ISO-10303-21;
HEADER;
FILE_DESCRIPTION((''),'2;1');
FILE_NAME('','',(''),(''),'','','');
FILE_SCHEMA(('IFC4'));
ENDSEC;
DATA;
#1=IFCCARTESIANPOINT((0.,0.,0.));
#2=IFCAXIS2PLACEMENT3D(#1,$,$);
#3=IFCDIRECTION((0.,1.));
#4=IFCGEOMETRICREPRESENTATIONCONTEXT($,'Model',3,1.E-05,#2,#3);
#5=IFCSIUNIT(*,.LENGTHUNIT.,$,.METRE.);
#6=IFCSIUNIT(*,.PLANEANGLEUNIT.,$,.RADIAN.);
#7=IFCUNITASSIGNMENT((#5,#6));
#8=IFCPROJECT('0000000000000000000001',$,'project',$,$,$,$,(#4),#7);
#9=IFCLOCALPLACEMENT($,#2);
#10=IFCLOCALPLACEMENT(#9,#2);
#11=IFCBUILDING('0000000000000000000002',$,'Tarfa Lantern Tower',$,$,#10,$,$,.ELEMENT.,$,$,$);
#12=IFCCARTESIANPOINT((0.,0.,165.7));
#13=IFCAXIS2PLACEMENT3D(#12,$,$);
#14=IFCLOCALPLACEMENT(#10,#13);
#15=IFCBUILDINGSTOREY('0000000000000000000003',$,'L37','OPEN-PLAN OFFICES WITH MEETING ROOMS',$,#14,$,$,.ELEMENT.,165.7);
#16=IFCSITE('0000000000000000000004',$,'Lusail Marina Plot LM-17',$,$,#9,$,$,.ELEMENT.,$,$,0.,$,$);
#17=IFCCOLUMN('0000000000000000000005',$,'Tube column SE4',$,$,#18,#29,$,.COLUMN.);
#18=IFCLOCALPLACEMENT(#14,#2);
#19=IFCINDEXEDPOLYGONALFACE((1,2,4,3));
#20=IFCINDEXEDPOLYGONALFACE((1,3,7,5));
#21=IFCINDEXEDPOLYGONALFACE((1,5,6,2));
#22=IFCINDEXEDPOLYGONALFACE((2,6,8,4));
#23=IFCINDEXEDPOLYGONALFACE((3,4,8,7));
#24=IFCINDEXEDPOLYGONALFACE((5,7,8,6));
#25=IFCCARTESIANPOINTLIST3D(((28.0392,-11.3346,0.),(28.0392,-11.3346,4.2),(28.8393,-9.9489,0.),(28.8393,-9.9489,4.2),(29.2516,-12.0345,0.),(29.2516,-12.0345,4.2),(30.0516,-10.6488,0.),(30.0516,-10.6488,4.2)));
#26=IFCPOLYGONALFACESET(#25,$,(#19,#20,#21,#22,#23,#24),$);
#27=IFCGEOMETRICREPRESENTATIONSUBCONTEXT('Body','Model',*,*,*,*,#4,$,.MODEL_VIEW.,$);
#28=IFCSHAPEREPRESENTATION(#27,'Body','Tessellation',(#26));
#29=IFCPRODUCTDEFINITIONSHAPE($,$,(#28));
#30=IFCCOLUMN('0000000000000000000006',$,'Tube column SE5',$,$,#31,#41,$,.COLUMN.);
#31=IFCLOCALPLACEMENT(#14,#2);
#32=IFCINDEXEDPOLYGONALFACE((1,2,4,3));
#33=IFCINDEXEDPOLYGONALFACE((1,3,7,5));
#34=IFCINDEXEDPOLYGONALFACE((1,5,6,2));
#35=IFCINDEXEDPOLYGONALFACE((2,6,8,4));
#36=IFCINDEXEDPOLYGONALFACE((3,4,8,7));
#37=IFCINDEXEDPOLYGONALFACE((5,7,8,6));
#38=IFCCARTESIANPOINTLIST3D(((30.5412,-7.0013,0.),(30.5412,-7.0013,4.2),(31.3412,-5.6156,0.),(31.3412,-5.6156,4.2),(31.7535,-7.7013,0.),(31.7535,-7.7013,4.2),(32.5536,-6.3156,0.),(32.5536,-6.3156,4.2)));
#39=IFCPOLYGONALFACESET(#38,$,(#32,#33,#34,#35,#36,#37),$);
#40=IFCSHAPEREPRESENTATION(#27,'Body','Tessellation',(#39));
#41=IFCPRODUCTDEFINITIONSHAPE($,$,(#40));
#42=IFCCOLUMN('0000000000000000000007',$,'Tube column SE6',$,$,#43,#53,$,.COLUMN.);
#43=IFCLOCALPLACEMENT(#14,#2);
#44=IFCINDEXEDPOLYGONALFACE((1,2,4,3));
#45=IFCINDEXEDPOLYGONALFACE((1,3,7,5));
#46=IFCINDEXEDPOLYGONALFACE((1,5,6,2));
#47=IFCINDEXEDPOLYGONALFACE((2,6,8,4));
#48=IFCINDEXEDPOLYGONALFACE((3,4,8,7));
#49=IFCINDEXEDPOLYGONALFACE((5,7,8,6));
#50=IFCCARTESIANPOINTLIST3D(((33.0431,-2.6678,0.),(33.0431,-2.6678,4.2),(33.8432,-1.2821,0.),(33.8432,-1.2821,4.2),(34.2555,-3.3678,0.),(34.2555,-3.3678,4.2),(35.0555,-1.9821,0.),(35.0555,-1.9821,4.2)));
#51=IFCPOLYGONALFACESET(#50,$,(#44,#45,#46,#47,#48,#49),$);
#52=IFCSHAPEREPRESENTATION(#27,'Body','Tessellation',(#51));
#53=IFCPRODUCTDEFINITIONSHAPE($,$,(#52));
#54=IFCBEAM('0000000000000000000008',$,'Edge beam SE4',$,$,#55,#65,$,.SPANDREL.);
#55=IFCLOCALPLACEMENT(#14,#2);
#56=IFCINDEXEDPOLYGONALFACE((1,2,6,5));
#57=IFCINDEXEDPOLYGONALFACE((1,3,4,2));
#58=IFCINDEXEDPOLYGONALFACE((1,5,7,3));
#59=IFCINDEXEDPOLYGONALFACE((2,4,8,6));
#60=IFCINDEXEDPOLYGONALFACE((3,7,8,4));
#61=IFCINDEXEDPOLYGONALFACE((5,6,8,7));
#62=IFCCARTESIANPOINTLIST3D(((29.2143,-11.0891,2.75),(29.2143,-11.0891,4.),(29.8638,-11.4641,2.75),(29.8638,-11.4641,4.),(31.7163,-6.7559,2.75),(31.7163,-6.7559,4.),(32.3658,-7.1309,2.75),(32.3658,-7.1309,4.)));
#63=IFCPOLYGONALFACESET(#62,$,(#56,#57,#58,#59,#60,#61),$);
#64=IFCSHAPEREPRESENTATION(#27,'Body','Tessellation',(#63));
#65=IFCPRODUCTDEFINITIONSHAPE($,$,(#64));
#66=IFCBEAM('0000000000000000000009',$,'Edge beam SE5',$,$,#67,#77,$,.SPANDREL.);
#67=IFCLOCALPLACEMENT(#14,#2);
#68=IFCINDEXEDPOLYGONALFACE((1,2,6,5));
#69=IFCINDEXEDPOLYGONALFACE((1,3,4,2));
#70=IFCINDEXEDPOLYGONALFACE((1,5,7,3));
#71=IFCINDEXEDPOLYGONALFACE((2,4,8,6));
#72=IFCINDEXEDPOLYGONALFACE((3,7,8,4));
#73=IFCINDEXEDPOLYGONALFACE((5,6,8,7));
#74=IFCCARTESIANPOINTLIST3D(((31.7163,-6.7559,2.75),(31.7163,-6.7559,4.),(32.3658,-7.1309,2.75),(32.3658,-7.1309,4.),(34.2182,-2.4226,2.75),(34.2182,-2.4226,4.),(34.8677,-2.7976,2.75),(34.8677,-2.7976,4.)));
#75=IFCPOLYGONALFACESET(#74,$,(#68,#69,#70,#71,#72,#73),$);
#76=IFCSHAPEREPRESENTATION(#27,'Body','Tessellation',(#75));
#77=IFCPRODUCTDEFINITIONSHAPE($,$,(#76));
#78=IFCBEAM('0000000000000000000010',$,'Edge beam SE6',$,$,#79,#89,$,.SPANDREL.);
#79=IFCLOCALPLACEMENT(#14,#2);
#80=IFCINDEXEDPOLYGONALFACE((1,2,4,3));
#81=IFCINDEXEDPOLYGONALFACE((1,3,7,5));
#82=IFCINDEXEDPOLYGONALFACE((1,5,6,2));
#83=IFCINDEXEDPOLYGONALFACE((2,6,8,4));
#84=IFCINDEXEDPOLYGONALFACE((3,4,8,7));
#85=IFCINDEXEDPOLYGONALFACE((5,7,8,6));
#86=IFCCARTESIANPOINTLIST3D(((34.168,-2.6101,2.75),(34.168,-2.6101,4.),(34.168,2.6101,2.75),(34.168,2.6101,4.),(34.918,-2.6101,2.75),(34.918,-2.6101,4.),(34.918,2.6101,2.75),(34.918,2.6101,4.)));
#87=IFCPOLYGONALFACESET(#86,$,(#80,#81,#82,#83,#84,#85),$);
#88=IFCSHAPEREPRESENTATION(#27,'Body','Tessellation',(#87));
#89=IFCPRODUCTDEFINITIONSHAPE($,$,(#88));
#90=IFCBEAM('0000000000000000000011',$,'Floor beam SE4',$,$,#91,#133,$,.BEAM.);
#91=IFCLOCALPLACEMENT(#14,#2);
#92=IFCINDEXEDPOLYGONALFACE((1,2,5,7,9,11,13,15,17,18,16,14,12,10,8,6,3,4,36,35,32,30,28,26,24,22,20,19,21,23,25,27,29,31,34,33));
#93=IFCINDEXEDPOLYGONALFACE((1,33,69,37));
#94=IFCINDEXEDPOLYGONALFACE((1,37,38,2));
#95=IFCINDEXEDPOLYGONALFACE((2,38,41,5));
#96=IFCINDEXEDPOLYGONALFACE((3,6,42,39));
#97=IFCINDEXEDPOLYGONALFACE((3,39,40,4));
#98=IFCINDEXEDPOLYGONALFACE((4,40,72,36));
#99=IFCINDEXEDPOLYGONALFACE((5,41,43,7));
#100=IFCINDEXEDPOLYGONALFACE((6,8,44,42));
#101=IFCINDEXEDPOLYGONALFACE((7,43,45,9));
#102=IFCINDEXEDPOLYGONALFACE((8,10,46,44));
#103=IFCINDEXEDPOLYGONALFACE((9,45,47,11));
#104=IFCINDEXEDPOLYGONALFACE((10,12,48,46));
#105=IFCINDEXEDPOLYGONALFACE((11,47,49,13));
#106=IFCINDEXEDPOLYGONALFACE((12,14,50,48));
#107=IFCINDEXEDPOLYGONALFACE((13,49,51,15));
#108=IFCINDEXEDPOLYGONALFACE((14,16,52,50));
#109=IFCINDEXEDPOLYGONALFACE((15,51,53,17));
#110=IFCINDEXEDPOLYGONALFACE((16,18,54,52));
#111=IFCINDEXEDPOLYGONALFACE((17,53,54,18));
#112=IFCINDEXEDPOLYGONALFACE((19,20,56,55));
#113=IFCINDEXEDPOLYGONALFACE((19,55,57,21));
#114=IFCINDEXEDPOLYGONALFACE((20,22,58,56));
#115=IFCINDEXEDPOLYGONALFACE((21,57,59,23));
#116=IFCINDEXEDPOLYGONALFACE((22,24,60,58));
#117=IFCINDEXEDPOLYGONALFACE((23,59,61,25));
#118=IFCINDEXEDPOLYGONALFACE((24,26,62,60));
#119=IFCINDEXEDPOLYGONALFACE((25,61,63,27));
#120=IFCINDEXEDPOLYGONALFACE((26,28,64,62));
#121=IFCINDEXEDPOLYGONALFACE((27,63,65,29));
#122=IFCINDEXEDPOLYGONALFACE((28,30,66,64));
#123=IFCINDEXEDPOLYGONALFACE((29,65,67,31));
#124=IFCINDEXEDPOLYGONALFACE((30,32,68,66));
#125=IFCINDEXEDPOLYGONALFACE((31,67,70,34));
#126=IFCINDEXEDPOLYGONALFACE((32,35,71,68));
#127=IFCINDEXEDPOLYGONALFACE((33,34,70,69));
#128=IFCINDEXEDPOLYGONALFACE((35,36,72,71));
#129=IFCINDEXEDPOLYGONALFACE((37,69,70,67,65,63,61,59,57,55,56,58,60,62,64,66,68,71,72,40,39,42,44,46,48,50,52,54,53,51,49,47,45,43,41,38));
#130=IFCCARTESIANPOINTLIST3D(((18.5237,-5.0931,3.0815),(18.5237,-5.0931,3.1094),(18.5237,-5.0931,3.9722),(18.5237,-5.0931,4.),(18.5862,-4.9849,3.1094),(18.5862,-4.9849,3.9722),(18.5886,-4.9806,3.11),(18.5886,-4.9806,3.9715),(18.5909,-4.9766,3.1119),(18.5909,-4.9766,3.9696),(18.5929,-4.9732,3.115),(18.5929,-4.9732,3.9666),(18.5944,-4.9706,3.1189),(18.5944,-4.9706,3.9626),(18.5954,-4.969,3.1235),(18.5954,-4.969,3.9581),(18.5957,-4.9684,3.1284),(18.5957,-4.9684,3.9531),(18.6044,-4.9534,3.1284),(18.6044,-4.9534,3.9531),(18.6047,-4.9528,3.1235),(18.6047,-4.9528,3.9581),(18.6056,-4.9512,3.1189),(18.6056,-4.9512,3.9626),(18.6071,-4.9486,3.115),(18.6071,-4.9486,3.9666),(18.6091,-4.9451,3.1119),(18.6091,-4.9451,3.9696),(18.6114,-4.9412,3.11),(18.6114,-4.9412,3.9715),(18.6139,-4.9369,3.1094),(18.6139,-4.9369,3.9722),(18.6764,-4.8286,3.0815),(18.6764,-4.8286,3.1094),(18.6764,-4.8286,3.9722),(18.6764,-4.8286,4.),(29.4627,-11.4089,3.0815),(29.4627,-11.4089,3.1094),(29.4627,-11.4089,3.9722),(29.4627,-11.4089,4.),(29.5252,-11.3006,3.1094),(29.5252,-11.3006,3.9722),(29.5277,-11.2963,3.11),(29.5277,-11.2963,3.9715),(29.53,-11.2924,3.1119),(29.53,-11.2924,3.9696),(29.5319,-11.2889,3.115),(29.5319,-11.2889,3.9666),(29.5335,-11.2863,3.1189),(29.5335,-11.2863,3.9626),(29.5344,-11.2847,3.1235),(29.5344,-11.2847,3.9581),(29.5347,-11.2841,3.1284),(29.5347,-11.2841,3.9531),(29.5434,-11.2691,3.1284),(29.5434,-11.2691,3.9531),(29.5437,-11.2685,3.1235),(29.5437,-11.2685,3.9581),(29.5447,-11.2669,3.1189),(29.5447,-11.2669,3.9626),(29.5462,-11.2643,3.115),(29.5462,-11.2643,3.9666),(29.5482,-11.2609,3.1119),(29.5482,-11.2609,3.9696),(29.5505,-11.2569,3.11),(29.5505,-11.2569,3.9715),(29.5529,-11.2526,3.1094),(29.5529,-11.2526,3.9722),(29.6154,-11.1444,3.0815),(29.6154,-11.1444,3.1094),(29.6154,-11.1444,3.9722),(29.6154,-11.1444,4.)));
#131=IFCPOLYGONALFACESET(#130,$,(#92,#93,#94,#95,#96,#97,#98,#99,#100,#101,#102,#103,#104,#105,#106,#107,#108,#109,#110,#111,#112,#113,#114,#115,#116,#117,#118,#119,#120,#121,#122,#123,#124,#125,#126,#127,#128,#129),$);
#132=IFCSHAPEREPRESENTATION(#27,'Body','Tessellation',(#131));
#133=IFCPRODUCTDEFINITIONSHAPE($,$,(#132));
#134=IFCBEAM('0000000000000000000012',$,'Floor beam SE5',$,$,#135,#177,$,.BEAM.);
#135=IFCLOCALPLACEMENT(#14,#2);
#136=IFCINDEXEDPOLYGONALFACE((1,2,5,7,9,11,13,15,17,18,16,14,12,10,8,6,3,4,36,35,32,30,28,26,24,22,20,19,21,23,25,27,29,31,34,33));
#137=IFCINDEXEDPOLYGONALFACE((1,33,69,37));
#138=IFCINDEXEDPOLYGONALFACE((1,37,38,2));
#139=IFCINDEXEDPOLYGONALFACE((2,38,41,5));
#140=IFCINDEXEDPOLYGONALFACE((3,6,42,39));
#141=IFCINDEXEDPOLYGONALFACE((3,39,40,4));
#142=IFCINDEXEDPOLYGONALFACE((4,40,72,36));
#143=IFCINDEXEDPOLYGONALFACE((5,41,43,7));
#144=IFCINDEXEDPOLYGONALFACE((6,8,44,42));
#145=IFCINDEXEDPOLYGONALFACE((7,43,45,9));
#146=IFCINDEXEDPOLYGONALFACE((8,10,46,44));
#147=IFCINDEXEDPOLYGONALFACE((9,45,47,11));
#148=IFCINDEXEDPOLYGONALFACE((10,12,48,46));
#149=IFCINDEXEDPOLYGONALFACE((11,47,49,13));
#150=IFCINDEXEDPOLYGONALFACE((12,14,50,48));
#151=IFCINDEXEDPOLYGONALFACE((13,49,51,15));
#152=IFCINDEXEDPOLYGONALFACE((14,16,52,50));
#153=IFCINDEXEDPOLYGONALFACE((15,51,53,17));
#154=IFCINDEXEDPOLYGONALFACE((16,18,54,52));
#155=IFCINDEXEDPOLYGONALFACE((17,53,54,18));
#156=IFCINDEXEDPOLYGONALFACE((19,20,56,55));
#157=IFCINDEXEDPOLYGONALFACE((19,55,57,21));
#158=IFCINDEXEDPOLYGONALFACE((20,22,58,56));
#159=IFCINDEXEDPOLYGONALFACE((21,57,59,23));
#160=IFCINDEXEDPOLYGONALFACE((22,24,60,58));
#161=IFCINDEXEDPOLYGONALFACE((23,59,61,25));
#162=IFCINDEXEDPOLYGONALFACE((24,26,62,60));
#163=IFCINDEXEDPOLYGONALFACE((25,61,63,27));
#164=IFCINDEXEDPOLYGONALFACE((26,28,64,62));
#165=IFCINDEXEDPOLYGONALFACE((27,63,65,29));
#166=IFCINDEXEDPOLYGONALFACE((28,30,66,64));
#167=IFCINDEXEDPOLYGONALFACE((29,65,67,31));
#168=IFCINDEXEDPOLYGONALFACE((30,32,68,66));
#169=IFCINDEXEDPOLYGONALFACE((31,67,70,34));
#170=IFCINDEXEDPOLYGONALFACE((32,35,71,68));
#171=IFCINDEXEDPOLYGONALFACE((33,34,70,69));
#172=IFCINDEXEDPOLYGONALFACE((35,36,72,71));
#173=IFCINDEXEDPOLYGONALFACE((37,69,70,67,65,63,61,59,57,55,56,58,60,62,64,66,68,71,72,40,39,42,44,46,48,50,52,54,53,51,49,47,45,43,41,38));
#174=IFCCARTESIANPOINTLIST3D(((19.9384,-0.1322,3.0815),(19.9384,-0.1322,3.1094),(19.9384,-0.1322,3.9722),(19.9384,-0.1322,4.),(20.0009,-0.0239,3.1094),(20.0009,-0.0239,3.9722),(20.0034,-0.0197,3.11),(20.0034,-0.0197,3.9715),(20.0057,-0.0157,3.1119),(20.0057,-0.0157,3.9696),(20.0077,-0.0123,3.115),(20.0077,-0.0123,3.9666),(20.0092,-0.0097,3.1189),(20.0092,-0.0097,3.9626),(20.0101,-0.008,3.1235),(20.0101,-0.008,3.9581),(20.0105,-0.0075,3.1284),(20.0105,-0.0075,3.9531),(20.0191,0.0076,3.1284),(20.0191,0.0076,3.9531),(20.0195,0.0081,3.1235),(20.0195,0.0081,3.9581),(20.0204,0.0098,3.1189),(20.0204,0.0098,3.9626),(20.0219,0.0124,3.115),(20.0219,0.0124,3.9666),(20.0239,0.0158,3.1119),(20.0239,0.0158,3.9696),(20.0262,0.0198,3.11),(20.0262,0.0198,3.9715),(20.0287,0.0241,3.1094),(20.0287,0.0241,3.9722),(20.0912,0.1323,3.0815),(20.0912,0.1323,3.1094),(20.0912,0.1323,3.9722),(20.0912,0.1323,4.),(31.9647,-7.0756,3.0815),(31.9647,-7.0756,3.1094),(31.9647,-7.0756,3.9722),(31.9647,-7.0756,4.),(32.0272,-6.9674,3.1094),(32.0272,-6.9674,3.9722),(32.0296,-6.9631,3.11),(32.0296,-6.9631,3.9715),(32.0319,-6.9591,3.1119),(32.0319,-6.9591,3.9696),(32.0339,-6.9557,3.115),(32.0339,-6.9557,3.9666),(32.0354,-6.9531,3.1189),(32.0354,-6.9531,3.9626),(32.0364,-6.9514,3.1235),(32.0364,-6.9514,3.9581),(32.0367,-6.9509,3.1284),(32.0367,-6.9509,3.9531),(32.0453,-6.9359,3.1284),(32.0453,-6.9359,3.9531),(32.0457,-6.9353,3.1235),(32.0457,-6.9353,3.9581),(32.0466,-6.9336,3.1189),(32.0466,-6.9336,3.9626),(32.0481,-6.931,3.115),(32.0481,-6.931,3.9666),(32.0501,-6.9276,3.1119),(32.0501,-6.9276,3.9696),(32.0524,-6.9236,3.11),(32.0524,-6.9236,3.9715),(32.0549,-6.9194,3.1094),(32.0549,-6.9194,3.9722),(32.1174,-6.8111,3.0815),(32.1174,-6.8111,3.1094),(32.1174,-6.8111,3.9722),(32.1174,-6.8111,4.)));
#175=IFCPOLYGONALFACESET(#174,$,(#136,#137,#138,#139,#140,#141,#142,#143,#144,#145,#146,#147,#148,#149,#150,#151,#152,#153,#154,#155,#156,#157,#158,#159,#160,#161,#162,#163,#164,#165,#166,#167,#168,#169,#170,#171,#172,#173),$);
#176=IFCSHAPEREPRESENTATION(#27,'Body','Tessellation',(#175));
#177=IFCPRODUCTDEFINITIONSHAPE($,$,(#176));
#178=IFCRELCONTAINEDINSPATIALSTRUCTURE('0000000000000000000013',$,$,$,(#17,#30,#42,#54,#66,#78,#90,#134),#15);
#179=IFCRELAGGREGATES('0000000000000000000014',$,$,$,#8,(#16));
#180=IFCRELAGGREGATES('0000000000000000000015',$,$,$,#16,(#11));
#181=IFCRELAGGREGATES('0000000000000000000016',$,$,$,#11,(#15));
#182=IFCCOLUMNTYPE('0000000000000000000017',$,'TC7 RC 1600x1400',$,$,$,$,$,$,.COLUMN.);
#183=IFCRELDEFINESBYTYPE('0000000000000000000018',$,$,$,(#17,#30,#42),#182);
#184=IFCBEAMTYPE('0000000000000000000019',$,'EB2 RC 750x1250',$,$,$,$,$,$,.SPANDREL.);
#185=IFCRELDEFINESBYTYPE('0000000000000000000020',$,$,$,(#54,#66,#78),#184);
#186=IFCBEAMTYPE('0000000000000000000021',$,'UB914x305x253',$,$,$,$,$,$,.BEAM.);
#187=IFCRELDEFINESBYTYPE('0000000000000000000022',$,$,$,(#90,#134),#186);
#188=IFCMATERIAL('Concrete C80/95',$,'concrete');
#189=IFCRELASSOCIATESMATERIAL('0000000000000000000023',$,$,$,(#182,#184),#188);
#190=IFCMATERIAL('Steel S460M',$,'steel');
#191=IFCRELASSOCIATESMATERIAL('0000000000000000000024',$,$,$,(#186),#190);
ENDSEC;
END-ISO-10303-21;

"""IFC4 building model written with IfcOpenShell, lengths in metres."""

from ifc_helpers import new_model, si_unit, direction, frame, origin, origin_2d, place, context, subcontext, project, spatial, rectangle, i_section, extrude, material, material_profile, profile_set, type_object, element, save


model = new_model("IFC4")

# Units and contexts
model_context = context("Model", 3, precision=1e-05, world=origin(), true_north=direction((0.0, 1.0)))
body_context = subcontext(model_context, "Body", "Model", "MODEL_VIEW")
ifc_project = project(units=[si_unit("LENGTHUNIT", "METRE"), si_unit("PLANEANGLEUNIT", "RADIAN")], contexts=[model_context])

# Site, building, storey
site_placement = place(None, origin())
site = spatial("IfcSite", under=ifc_project, at=site_placement, Name="Lusail Marina Plot LM-17", CompositionType="ELEMENT", RefElevation=0.0)
building_placement = place(site_placement, origin())
building = spatial("IfcBuilding", under=site, at=building_placement, Name="Tarfa Lantern Tower", CompositionType="ELEMENT")
storey_placement = place(building_placement, frame((0.0, 0.0, 165.7)))
storey = spatial("IfcBuildingStorey", under=building, at=storey_placement, Name="L37", Description="OPEN-PLAN OFFICES WITH MEETING ROOMS", CompositionType="ELEMENT", Elevation=165.7)

# Columns
ifc_material_1 = material(Name="Concrete C80/95", Category="concrete")
ifc_material_profile_1 = material_profile(ifc_material_1, rectangle(XDim=1.6001, YDim=1.3999, at=origin_2d()), Name="RC 1600x1400")
ifc_profile_set_1 = profile_set([ifc_material_profile_1], Name="Concrete C80/95")
column_type = type_object("IfcColumnType", Name="TC7 RC 1600x1400", PredefinedType="COLUMN", material=ifc_profile_set_1)
for number, where, z_axis, x_axis, name in (
    (1, (29.0454, -10.9917, 0.0), (0.0, 0.0, 1.0), (0.5, 0.866025, 0.0), "Tube column SE4"),
    (2, (31.5474, -6.6584, 0.0), (0.0, 0.0, 1.0), (0.5, 0.866025, 0.0), "Tube column SE5"),
    (3, (34.0493, -2.325, 0.0), (0.0, 0.0, 1.0), (0.5, 0.866025, 0.0), "Tube column SE6"),
):
    element("IfcColumn", number, at=place(storey_placement, frame(where, z_axis=z_axis, x_axis=x_axis)), inside=storey, type_object=column_type, Name=name, PredefinedType="COLUMN", context=body_context, shape_type="SweptSolid", body=[
        extrude(rectangle(XDim=1.6001, YDim=1.3999, at=origin_2d()), origin(), (0.0, 0.0, 1.0), 4.2),
    ])

# Beams
ifc_material_profile_2 = material_profile(ifc_material_1, rectangle(XDim=0.75, YDim=1.25, at=origin_2d()), Name="RC 750x1250")
ifc_profile_set_2 = profile_set([ifc_material_profile_2], Name="Concrete C80/95")
beam_type_1 = type_object("IfcBeamType", Name="EB2 RC 750x1250", PredefinedType="SPANDREL", material=ifc_profile_set_2)
for number, where, z_axis, x_axis, name in (
    (4, (29.5391, -11.2766, 3.375), (0.500022, 0.866013, 0.0), (-0.866013, 0.500022, 0.0), "Edge beam SE4"),
    (5, (32.041, -6.9434, 3.375), (0.500022, 0.866013, 0.0), (-0.866013, 0.500022, 0.0), "Edge beam SE5"),
):
    element("IfcBeam", number, at=place(storey_placement, frame(where, z_axis=z_axis, x_axis=x_axis)), inside=storey, type_object=beam_type_1, Name=name, PredefinedType="SPANDREL", context=body_context, shape_type="SweptSolid", body=[
        extrude(rectangle(XDim=0.75, YDim=1.25, at=origin_2d()), origin(), (0.0, 0.0, 1.0), 5.0037),
    ])
beam_1_placement = place(storey_placement, frame((34.543, -2.6101, 3.375), z_axis=(0.0, 1.0, 0.0), x_axis=(-1.0, 0.0, 0.0)))
element("IfcBeam", 6, at=beam_1_placement, inside=storey, type_object=beam_type_1, Name="Edge beam SE6", PredefinedType="SPANDREL", context=body_context, shape_type="SweptSolid", body=[
    extrude(rectangle(XDim=0.75, YDim=1.25, at=origin_2d()), origin(), (0.0, 0.0, 1.0), 5.2202),
])
ifc_material_2 = material(Name="Steel S460M", Category="steel")
ifc_material_profile_3 = material_profile(ifc_material_2, i_section(OverallWidth=0.3054, OverallDepth=0.9185, WebThickness=0.0173, FlangeThickness=0.0278, FilletRadius=0.019, at=origin_2d()), Name="UB914x305x253")
ifc_profile_set_3 = profile_set([ifc_material_profile_3], Name="Steel S460M")
beam_type_2 = type_object("IfcBeamType", Name="UB914x305x253", PredefinedType="BEAM", material=ifc_profile_set_3)
beam_2_placement = place(storey_placement, frame((29.5391, -11.2766, 3.5408), z_axis=(-0.866023, 0.500004, 0.0), x_axis=(-0.500004, -0.866023, 0.0)))
element("IfcBeam", 7, at=beam_2_placement, inside=storey, type_object=beam_type_2, Name="Floor beam SE4", PredefinedType="BEAM", context=body_context, shape_type="SweptSolid", body=[
    extrude(i_section(OverallWidth=0.3054, OverallDepth=0.9185, WebThickness=0.0173, FlangeThickness=0.0278, FilletRadius=0.019, at=origin_2d()), origin(), (0.0, 0.0, 1.0), 12.6313),
])
beam_3_placement = place(storey_placement, frame((32.041, -6.9434, 3.5408), z_axis=(-0.866023, 0.500004, 0.0), x_axis=(-0.500004, -0.866023, 0.0)))
element("IfcBeam", 8, at=beam_3_placement, inside=storey, type_object=beam_type_2, Name="Floor beam SE5", PredefinedType="BEAM", context=body_context, shape_type="SweptSolid", body=[
    extrude(i_section(OverallWidth=0.3054, OverallDepth=0.9185, WebThickness=0.0173, FlangeThickness=0.0278, FilletRadius=0.019, at=origin_2d()), origin(), (0.0, 0.0, 1.0), 13.8867),
])

save(model, "model.ifc")
